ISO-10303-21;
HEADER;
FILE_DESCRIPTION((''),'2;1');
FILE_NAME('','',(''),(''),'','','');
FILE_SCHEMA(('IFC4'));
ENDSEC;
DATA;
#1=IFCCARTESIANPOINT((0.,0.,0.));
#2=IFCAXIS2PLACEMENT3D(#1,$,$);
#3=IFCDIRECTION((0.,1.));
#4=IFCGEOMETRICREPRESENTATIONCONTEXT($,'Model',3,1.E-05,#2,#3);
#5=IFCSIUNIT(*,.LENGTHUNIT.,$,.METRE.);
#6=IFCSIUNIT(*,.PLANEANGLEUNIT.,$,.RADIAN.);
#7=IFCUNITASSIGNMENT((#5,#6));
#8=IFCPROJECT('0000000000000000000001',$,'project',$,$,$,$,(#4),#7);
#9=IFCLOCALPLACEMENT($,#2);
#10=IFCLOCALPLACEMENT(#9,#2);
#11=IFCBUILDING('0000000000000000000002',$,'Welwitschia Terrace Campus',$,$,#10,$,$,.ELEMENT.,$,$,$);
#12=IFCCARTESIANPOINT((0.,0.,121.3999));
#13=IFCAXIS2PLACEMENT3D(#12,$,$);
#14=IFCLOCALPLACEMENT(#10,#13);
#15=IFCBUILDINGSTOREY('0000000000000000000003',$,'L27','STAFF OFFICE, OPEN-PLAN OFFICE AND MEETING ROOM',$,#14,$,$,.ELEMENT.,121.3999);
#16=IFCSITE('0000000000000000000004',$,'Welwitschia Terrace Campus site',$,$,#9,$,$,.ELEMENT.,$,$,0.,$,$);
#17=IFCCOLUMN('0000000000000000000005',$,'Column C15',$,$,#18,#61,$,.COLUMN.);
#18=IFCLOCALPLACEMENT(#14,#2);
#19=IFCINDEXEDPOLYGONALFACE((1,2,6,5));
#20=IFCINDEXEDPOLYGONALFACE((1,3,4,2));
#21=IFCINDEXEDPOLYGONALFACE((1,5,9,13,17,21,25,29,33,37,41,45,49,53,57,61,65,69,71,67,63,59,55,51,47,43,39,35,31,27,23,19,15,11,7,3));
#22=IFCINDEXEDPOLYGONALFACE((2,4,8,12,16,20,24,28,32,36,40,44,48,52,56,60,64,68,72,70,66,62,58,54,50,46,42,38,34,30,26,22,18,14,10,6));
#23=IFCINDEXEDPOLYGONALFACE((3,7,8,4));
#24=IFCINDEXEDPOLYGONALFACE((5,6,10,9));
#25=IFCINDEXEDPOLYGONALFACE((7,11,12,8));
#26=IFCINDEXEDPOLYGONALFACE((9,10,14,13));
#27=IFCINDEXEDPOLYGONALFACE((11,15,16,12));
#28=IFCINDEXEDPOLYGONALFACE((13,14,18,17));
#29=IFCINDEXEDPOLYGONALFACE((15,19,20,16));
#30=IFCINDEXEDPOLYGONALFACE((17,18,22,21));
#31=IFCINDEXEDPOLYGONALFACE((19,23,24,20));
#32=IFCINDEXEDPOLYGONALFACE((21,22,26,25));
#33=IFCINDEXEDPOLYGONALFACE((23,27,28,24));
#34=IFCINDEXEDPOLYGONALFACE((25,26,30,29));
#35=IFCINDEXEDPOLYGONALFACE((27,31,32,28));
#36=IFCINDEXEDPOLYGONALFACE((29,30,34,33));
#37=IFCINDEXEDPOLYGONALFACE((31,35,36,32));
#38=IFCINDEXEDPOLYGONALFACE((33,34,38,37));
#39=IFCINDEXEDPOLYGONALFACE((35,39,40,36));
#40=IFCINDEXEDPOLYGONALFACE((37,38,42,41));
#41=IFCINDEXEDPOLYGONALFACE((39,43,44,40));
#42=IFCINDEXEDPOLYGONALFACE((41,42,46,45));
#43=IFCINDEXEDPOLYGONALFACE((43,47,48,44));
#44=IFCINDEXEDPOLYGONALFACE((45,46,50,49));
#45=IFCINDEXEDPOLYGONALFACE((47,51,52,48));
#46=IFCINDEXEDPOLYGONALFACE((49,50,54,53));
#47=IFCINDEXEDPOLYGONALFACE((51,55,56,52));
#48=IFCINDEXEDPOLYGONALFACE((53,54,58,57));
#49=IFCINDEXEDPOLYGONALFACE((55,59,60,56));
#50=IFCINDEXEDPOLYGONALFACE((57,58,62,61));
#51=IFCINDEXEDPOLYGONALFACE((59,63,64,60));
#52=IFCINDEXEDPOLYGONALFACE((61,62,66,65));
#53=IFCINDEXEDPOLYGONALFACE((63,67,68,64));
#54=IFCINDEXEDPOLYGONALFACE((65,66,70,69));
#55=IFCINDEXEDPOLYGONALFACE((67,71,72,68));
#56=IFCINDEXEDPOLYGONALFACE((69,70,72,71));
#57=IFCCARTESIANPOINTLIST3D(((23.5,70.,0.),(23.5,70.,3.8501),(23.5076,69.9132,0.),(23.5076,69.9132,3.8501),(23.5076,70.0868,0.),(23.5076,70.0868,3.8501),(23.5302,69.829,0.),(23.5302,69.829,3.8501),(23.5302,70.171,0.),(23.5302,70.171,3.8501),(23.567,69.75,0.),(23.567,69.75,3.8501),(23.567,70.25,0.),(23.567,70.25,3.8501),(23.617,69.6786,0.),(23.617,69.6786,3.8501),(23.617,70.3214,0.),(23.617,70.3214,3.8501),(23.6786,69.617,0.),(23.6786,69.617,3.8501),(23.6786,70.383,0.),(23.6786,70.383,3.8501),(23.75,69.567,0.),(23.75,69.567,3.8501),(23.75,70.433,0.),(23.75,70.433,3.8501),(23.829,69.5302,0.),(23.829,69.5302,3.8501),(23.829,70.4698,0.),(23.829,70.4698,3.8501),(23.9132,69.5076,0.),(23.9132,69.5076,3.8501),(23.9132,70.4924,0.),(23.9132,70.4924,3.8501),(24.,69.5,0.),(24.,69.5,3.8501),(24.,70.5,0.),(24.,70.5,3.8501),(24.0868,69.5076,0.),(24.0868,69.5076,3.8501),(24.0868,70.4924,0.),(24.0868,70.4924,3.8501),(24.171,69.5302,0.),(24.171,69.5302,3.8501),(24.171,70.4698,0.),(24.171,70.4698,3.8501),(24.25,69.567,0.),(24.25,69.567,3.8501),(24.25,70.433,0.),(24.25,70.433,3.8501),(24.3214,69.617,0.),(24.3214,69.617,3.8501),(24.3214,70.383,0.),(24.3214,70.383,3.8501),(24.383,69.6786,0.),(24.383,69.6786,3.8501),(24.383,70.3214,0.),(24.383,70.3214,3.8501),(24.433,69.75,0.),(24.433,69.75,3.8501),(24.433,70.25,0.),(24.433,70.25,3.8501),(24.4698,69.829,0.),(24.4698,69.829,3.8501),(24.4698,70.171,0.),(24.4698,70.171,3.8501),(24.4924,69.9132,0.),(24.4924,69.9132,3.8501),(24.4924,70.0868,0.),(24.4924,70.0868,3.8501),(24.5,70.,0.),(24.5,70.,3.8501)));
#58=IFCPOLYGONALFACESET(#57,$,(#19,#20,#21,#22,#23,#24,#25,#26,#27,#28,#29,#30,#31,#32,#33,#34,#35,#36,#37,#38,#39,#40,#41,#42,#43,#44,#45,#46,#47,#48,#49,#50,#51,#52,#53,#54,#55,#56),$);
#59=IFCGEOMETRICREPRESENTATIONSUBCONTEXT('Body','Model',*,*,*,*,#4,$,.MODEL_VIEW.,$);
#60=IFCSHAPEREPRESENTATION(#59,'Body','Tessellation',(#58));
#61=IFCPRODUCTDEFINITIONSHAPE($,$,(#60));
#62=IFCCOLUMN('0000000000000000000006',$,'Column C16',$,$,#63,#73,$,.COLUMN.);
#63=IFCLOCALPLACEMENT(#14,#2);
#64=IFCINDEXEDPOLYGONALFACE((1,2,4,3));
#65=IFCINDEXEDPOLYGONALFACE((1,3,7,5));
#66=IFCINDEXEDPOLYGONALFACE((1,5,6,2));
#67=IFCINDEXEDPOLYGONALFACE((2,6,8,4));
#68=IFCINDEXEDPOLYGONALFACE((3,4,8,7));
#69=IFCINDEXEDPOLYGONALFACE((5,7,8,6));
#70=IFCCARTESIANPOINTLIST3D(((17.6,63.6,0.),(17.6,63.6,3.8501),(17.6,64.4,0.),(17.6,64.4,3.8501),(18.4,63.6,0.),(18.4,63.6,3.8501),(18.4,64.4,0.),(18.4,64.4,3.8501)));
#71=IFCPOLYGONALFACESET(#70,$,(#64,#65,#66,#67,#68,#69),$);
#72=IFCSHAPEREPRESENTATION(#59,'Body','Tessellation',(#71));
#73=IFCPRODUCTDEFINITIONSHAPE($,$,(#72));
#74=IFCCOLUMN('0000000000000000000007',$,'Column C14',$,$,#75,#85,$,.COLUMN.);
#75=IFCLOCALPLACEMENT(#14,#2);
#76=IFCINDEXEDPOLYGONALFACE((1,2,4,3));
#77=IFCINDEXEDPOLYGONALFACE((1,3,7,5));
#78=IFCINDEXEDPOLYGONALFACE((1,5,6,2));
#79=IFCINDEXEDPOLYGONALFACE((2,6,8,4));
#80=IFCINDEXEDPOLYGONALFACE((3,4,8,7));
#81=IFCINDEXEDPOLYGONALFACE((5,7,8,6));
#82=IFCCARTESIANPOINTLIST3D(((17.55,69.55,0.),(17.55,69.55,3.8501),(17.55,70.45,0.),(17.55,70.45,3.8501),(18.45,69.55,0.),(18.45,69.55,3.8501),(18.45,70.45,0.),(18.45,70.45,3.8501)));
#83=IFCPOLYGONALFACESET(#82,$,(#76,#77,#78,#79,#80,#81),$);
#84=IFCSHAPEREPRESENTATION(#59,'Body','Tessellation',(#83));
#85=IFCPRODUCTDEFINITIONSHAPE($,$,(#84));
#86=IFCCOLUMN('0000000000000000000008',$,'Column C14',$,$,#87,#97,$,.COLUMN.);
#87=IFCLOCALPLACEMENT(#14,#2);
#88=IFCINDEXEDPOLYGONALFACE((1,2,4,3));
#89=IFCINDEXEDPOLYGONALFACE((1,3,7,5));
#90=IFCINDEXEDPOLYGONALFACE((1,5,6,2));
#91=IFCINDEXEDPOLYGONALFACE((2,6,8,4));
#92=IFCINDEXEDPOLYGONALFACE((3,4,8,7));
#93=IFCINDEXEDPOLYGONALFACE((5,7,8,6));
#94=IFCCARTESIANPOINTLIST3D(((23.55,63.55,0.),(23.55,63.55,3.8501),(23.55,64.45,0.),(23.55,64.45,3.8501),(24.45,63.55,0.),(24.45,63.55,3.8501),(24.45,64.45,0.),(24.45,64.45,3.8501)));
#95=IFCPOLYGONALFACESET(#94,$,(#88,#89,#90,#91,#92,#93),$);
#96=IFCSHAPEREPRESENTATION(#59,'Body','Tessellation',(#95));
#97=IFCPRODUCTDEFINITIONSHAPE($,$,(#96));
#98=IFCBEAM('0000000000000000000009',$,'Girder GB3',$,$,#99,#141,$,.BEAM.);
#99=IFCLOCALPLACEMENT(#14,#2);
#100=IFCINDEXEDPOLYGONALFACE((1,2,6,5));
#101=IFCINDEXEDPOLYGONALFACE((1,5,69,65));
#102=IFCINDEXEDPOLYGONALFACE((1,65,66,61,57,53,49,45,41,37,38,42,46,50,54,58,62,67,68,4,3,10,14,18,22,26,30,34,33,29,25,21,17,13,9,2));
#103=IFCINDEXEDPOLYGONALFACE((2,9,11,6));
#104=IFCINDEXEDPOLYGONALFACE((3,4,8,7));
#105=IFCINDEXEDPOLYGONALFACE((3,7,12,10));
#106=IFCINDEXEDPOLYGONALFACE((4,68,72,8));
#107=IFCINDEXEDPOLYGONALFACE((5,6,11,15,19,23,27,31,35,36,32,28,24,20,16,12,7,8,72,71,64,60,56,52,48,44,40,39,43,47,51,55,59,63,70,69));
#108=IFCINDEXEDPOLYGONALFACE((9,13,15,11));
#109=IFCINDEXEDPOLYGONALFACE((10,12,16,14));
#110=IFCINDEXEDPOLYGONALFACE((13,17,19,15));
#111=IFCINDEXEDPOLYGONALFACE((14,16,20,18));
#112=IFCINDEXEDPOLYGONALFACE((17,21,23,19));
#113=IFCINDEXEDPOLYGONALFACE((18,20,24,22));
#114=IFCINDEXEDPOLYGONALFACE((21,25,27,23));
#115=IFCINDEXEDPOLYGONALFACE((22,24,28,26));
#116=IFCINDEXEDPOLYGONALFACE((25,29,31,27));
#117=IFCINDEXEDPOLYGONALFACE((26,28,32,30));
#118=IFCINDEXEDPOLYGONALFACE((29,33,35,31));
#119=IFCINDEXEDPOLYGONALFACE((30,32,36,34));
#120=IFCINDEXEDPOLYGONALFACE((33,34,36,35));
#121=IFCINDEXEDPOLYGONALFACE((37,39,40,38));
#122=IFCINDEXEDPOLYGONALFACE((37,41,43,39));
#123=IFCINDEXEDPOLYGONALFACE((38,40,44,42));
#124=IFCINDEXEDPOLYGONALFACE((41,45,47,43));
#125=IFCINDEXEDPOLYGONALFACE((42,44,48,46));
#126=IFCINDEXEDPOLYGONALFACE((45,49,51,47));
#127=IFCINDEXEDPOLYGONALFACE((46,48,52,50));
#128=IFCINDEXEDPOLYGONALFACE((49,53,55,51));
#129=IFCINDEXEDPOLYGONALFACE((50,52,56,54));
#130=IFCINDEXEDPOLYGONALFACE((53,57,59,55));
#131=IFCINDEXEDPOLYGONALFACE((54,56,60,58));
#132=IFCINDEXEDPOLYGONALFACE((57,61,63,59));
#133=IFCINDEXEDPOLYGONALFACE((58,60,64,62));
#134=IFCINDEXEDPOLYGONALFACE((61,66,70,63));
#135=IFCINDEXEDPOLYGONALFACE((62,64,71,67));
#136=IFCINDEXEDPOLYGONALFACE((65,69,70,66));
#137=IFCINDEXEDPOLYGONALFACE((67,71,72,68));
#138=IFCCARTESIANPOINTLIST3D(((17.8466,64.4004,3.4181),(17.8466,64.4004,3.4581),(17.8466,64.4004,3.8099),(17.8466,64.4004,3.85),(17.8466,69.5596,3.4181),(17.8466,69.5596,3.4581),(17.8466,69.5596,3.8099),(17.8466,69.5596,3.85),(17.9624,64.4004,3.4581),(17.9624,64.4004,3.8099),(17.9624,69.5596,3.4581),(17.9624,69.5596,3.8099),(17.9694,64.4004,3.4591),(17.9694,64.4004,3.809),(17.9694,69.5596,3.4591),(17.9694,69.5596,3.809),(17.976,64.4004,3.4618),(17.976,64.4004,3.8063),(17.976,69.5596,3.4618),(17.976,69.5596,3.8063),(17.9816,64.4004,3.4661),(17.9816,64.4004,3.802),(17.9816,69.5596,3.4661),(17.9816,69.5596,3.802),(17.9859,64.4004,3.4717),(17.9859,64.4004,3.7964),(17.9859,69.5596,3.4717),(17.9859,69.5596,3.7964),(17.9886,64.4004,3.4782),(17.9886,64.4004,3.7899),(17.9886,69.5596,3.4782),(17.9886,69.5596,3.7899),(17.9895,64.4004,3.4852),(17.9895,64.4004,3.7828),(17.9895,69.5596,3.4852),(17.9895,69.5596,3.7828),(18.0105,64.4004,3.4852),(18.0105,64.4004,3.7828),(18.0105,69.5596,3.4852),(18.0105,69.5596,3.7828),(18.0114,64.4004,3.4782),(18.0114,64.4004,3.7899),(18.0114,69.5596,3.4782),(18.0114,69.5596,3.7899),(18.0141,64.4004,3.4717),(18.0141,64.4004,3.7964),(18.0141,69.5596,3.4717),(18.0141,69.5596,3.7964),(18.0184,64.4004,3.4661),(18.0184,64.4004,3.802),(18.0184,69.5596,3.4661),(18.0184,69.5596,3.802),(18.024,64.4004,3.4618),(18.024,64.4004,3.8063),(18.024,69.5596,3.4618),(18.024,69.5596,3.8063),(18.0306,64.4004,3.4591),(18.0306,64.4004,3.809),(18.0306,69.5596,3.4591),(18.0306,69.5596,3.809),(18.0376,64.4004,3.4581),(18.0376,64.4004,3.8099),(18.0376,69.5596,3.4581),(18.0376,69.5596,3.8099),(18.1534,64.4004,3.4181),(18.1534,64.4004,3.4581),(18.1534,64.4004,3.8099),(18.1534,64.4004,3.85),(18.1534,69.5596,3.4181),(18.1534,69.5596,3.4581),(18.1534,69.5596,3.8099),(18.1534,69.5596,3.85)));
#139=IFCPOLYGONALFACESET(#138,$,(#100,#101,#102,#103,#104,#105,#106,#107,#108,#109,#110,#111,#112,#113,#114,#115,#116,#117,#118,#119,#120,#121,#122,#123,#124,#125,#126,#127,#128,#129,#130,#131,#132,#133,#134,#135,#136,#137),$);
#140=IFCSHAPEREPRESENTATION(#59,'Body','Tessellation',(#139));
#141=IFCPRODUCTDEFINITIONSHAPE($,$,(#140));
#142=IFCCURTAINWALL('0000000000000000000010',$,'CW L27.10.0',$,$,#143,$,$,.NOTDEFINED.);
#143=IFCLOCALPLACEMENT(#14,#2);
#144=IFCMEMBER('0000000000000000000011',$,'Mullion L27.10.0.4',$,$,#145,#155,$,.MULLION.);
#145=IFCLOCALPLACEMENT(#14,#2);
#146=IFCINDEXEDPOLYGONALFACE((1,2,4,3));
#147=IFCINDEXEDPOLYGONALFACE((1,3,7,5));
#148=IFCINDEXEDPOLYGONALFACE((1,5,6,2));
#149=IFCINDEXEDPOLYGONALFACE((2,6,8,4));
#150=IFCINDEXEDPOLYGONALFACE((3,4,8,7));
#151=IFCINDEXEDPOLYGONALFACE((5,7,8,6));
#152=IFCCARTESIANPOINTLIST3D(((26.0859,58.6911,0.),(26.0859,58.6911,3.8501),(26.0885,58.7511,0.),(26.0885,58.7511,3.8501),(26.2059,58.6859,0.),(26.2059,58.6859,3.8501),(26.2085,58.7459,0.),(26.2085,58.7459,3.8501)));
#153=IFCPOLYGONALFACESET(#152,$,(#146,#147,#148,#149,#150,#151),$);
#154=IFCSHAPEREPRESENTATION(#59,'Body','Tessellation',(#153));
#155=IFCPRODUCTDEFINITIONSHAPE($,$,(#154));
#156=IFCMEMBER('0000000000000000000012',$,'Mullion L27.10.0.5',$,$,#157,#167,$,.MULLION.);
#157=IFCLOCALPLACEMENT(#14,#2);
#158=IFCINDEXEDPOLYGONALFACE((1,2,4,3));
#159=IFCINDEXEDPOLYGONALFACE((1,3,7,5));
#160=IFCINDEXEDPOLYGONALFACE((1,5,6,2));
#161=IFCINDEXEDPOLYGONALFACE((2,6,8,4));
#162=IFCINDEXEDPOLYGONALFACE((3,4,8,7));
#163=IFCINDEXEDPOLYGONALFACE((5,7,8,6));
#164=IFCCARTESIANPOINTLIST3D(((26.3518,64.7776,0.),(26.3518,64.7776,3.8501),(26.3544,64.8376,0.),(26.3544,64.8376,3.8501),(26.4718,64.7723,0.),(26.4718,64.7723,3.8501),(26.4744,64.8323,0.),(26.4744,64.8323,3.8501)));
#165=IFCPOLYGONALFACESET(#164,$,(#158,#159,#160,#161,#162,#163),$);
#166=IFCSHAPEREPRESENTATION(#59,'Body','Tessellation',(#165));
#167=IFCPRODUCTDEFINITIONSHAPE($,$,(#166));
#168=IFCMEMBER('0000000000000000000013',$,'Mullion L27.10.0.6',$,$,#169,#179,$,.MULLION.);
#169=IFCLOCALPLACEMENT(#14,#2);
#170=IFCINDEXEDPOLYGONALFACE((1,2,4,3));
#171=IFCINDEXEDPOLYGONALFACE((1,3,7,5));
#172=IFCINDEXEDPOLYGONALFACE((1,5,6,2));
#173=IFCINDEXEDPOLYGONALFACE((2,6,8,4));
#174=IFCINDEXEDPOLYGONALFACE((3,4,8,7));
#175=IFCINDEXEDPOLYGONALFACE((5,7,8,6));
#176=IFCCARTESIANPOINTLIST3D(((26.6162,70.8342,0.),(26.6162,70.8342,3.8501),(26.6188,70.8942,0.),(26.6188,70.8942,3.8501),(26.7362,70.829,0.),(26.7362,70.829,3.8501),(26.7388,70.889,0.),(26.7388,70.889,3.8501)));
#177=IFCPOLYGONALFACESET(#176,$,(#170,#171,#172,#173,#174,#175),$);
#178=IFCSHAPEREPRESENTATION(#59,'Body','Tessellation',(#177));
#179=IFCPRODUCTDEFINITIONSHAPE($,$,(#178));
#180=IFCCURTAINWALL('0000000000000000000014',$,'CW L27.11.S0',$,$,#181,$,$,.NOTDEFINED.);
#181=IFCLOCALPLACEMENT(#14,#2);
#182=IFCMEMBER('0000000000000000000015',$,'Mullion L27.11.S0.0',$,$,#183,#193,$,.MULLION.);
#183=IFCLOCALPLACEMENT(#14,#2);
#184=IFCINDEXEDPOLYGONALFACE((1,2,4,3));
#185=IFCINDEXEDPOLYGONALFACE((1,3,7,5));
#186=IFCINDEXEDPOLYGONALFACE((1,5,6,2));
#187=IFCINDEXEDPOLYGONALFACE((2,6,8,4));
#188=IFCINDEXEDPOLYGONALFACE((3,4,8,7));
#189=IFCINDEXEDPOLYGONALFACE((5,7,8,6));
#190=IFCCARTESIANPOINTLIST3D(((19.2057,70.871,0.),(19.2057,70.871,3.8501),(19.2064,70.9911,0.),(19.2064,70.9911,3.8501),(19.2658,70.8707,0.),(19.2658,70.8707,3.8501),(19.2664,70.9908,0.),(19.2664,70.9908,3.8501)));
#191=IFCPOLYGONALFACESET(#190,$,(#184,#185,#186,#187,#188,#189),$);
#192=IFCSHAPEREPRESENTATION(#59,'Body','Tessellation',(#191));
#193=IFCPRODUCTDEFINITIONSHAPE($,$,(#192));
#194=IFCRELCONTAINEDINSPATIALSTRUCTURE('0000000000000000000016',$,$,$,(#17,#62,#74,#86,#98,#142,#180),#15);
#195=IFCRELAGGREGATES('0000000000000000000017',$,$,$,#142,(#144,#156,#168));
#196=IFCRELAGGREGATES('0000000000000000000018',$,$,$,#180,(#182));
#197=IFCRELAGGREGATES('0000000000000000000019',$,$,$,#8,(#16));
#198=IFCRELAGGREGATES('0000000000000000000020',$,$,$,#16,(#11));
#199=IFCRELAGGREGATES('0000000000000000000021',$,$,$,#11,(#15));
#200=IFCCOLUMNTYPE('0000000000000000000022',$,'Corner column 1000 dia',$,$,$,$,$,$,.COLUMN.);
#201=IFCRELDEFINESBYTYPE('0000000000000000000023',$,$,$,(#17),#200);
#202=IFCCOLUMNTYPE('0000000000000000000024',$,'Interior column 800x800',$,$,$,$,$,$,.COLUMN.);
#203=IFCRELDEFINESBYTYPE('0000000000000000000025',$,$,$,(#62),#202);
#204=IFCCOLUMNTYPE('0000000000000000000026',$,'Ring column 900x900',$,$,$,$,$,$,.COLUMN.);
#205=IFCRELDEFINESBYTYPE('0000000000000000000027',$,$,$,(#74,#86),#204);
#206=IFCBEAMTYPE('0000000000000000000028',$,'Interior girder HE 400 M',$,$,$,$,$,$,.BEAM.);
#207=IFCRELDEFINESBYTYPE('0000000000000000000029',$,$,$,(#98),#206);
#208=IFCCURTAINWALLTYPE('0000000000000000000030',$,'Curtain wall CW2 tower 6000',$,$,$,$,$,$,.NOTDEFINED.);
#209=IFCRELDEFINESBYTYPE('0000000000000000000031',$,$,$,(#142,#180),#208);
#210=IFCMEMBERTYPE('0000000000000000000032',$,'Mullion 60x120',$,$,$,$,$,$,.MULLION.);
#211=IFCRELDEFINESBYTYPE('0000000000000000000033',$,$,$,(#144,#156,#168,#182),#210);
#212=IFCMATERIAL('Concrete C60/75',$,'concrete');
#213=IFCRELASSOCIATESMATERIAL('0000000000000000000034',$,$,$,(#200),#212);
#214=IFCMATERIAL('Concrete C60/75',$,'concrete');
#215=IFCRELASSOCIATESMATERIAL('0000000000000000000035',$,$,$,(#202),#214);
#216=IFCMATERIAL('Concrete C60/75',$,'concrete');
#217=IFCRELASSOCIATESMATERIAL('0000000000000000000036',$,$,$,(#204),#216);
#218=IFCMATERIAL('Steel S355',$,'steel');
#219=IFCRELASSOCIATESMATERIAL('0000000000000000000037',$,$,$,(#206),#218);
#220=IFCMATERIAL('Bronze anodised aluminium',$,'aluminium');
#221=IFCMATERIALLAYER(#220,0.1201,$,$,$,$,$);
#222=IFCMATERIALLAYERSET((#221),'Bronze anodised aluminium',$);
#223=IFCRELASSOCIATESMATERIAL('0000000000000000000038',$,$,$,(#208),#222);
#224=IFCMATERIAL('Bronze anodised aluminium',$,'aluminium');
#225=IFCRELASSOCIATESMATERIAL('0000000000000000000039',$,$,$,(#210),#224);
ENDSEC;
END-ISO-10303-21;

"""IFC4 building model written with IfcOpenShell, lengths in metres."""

from ifc_helpers import new_model, si_unit, direction, frame, origin, origin_2d, place, context, subcontext, project, spatial, rectangle, circle, i_section, extrude, material, layer, layer_set, material_profile, profile_set, type_object, element, aggregate, save


model = new_model("IFC4")

# Units and contexts
model_context = context("Model", 3, precision=1e-05, world=origin(), true_north=direction((0.0, 1.0)))
body_context = subcontext(model_context, "Body", "Model", "MODEL_VIEW")
ifc_project = project(units=[si_unit("LENGTHUNIT", "METRE"), si_unit("PLANEANGLEUNIT", "RADIAN")], contexts=[model_context])

# Site, building, storey
site_placement = place(None, origin())
site = spatial("IfcSite", under=ifc_project, at=site_placement, Name="Welwitschia Terrace Campus site", CompositionType="ELEMENT", RefElevation=0.0)
building_placement = place(site_placement, origin())
building = spatial("IfcBuilding", under=site, at=building_placement, Name="Welwitschia Terrace Campus", CompositionType="ELEMENT")
storey_placement = place(building_placement, frame((0.0, 0.0, 121.3999)))
storey = spatial("IfcBuildingStorey", under=building, at=storey_placement, Name="L27", Description="STAFF OFFICE, OPEN-PLAN OFFICE AND MEETING ROOM", CompositionType="ELEMENT", Elevation=121.3999)

# Columns
ifc_material_1 = material(Name="Concrete C60/75", Category="concrete")
ifc_material_profile_1 = material_profile(ifc_material_1, circle(Radius=0.5, at=origin_2d()))
ifc_profile_set_1 = profile_set([ifc_material_profile_1], Name="Concrete C60/75")
column_type_1 = type_object("IfcColumnType", Name="Corner column 1000 dia", PredefinedType="COLUMN", material=ifc_profile_set_1)
column_1_placement = place(storey_placement, frame((24.0, 70.0, 0.0), z_axis=(0.0, 0.0, 1.0), x_axis=(1.0, 0.0, 0.0)))
element("IfcColumn", 1, at=column_1_placement, inside=storey, type_object=column_type_1, Name="Column C15", PredefinedType="COLUMN", context=body_context, shape_type="SweptSolid", body=[
    extrude(circle(Radius=0.5, at=origin_2d()), origin(), (0.0, 0.0, 1.0), 3.8501),
])
ifc_material_2 = material(Name="Concrete C60/75", Category="concrete")
ifc_material_profile_2 = material_profile(ifc_material_2, rectangle(XDim=0.8, YDim=0.8, at=origin_2d()))
ifc_profile_set_2 = profile_set([ifc_material_profile_2], Name="Concrete C60/75")
column_type_2 = type_object("IfcColumnType", Name="Interior column 800x800", PredefinedType="COLUMN", material=ifc_profile_set_2)
column_2_placement = place(storey_placement, frame((18.0, 64.0, 0.0), z_axis=(0.0, 0.0, 1.0), x_axis=(1.0, 0.0, 0.0)))
element("IfcColumn", 2, at=column_2_placement, inside=storey, type_object=column_type_2, Name="Column C16", PredefinedType="COLUMN", context=body_context, shape_type="SweptSolid", body=[
    extrude(rectangle(XDim=0.8, YDim=0.8, at=origin_2d()), origin(), (0.0, 0.0, 1.0), 3.8501),
])
ifc_material_3 = material(Name="Concrete C60/75", Category="concrete")
ifc_material_profile_3 = material_profile(ifc_material_3, rectangle(XDim=0.8999, YDim=0.8999, at=origin_2d()))
ifc_profile_set_3 = profile_set([ifc_material_profile_3], Name="Concrete C60/75")
column_type_3 = type_object("IfcColumnType", Name="Ring column 900x900", PredefinedType="COLUMN", material=ifc_profile_set_3)
for number, where, z_axis, x_axis, name in (
    (3, (18.0, 70.0, 0.0), (0.0, 0.0, 1.0), (1.0, 0.0, 0.0), "Column C14"),
    (4, (24.0, 64.0, 0.0), (0.0, 0.0, 1.0), (1.0, 0.0, 0.0), "Column C14"),
):
    element("IfcColumn", number, at=place(storey_placement, frame(where, z_axis=z_axis, x_axis=x_axis)), inside=storey, type_object=column_type_3, Name=name, PredefinedType="COLUMN", context=body_context, shape_type="SweptSolid", body=[
        extrude(rectangle(XDim=0.8999, YDim=0.8999, at=origin_2d()), origin(), (0.0, 0.0, 1.0), 3.8501),
    ])

# Beam
ifc_material_4 = material(Name="Steel S355", Category="steel")
ifc_material_profile_4 = material_profile(ifc_material_4, i_section(OverallWidth=0.3069, OverallDepth=0.4319, WebThickness=0.021, FlangeThickness=0.04, FilletRadius=0.0271, at=origin_2d()))
ifc_profile_set_4 = profile_set([ifc_material_profile_4], Name="Steel S355")
beam_type_1 = type_object("IfcBeamType", Name="Interior girder HE 400 M", PredefinedType="BEAM", material=ifc_profile_set_4)
beam_1_placement = place(storey_placement, frame((18.0, 64.4004, 3.634), z_axis=(0.0, 1.0, 0.0), x_axis=(-1.0, 0.0, 0.0)))
element("IfcBeam", 5, at=beam_1_placement, inside=storey, type_object=beam_type_1, Name="Girder GB3", PredefinedType="BEAM", context=body_context, shape_type="SweptSolid", body=[
    extrude(i_section(OverallWidth=0.3069, OverallDepth=0.4319, WebThickness=0.021, FlangeThickness=0.04, FilletRadius=0.0271, at=origin_2d()), origin(), (0.0, 0.0, 1.0), 5.1592),
])

# Curtain walls, members
ifc_material_5 = material(Name="Bronze anodised aluminium", Category="aluminium")
ifc_layer_1 = layer(ifc_material_5, 0.1201)
ifc_layer_set_1 = layer_set([ifc_layer_1], Name="Bronze anodised aluminium")
curtain_wall_type = type_object("IfcCurtainWallType", Name="Curtain wall CW2 tower 6000", PredefinedType="NOTDEFINED", material=ifc_layer_set_1)
curtain_wall_1_placement = place(storey_placement, origin())
curtain_wall_1 = element("IfcCurtainWall", 6, at=curtain_wall_1_placement, inside=storey, type_object=curtain_wall_type, Name="CW L27.10.0", PredefinedType="NOTDEFINED")
ifc_material_6 = material(Name="Bronze anodised aluminium", Category="aluminium")
ifc_material_profile_5 = material_profile(ifc_material_6, rectangle(XDim=0.1201, YDim=0.0601, at=origin_2d()))
ifc_profile_set_5 = profile_set([ifc_material_profile_5], Name="Bronze anodised aluminium")
member_type_1 = type_object("IfcMemberType", Name="Mullion 60x120", PredefinedType="MULLION", material=ifc_profile_set_5)
member_1_placement = place(storey_placement, frame((26.1472, 58.7185, 0.0), z_axis=(0.0, 0.0, 1.0), x_axis=(-0.999048, 0.043619, 0.0)))
member_1 = element("IfcMember", 7, at=member_1_placement, type_object=member_type_1, Name="Mullion L27.10.0.4", PredefinedType="MULLION", context=body_context, shape_type="SweptSolid", body=[
    extrude(rectangle(XDim=0.1201, YDim=0.0601, at=origin_2d()), origin(), (0.0, 0.0, 1.0), 3.8501),
])
member_2_placement = place(storey_placement, frame((26.4131, 64.8049, 0.0), z_axis=(0.0, 0.0, 1.0), x_axis=(-0.999048, 0.043619, 0.0)))
member_2 = element("IfcMember", 8, at=member_2_placement, type_object=member_type_1, Name="Mullion L27.10.0.5", PredefinedType="MULLION", context=body_context, shape_type="SweptSolid", body=[
    extrude(rectangle(XDim=0.1201, YDim=0.0601, at=origin_2d()), origin(), (0.0, 0.0, 1.0), 3.8501),
])
member_3_placement = place(storey_placement, frame((26.6775, 70.8616, 0.0), z_axis=(0.0, 0.0, 1.0), x_axis=(-0.999048, 0.043619, 0.0)))
member_3 = element("IfcMember", 9, at=member_3_placement, type_object=member_type_1, Name="Mullion L27.10.0.6", PredefinedType="MULLION", context=body_context, shape_type="SweptSolid", body=[
    extrude(rectangle(XDim=0.1201, YDim=0.0601, at=origin_2d()), origin(), (0.0, 0.0, 1.0), 3.8501),
])
curtain_wall_2_placement = place(storey_placement, origin())
curtain_wall_2 = element("IfcCurtainWall", 10, at=curtain_wall_2_placement, inside=storey, type_object=curtain_wall_type, Name="CW L27.11.S0", PredefinedType="NOTDEFINED")
member_4_placement = place(storey_placement, frame((19.2361, 70.9309, 0.0), z_axis=(0.0, 0.0, 1.0), x_axis=(-0.005314, -0.999986, 0.0)))
member_4 = element("IfcMember", 11, at=member_4_placement, type_object=member_type_1, Name="Mullion L27.11.S0.0", PredefinedType="MULLION", context=body_context, shape_type="SweptSolid", body=[
    extrude(rectangle(XDim=0.1201, YDim=0.0601, at=origin_2d()), origin(), (0.0, 0.0, 1.0), 3.8501),
])

aggregate(curtain_wall_1, [member_1, member_2, member_3])
aggregate(curtain_wall_2, [member_4])

save(model, "model.ifc")
